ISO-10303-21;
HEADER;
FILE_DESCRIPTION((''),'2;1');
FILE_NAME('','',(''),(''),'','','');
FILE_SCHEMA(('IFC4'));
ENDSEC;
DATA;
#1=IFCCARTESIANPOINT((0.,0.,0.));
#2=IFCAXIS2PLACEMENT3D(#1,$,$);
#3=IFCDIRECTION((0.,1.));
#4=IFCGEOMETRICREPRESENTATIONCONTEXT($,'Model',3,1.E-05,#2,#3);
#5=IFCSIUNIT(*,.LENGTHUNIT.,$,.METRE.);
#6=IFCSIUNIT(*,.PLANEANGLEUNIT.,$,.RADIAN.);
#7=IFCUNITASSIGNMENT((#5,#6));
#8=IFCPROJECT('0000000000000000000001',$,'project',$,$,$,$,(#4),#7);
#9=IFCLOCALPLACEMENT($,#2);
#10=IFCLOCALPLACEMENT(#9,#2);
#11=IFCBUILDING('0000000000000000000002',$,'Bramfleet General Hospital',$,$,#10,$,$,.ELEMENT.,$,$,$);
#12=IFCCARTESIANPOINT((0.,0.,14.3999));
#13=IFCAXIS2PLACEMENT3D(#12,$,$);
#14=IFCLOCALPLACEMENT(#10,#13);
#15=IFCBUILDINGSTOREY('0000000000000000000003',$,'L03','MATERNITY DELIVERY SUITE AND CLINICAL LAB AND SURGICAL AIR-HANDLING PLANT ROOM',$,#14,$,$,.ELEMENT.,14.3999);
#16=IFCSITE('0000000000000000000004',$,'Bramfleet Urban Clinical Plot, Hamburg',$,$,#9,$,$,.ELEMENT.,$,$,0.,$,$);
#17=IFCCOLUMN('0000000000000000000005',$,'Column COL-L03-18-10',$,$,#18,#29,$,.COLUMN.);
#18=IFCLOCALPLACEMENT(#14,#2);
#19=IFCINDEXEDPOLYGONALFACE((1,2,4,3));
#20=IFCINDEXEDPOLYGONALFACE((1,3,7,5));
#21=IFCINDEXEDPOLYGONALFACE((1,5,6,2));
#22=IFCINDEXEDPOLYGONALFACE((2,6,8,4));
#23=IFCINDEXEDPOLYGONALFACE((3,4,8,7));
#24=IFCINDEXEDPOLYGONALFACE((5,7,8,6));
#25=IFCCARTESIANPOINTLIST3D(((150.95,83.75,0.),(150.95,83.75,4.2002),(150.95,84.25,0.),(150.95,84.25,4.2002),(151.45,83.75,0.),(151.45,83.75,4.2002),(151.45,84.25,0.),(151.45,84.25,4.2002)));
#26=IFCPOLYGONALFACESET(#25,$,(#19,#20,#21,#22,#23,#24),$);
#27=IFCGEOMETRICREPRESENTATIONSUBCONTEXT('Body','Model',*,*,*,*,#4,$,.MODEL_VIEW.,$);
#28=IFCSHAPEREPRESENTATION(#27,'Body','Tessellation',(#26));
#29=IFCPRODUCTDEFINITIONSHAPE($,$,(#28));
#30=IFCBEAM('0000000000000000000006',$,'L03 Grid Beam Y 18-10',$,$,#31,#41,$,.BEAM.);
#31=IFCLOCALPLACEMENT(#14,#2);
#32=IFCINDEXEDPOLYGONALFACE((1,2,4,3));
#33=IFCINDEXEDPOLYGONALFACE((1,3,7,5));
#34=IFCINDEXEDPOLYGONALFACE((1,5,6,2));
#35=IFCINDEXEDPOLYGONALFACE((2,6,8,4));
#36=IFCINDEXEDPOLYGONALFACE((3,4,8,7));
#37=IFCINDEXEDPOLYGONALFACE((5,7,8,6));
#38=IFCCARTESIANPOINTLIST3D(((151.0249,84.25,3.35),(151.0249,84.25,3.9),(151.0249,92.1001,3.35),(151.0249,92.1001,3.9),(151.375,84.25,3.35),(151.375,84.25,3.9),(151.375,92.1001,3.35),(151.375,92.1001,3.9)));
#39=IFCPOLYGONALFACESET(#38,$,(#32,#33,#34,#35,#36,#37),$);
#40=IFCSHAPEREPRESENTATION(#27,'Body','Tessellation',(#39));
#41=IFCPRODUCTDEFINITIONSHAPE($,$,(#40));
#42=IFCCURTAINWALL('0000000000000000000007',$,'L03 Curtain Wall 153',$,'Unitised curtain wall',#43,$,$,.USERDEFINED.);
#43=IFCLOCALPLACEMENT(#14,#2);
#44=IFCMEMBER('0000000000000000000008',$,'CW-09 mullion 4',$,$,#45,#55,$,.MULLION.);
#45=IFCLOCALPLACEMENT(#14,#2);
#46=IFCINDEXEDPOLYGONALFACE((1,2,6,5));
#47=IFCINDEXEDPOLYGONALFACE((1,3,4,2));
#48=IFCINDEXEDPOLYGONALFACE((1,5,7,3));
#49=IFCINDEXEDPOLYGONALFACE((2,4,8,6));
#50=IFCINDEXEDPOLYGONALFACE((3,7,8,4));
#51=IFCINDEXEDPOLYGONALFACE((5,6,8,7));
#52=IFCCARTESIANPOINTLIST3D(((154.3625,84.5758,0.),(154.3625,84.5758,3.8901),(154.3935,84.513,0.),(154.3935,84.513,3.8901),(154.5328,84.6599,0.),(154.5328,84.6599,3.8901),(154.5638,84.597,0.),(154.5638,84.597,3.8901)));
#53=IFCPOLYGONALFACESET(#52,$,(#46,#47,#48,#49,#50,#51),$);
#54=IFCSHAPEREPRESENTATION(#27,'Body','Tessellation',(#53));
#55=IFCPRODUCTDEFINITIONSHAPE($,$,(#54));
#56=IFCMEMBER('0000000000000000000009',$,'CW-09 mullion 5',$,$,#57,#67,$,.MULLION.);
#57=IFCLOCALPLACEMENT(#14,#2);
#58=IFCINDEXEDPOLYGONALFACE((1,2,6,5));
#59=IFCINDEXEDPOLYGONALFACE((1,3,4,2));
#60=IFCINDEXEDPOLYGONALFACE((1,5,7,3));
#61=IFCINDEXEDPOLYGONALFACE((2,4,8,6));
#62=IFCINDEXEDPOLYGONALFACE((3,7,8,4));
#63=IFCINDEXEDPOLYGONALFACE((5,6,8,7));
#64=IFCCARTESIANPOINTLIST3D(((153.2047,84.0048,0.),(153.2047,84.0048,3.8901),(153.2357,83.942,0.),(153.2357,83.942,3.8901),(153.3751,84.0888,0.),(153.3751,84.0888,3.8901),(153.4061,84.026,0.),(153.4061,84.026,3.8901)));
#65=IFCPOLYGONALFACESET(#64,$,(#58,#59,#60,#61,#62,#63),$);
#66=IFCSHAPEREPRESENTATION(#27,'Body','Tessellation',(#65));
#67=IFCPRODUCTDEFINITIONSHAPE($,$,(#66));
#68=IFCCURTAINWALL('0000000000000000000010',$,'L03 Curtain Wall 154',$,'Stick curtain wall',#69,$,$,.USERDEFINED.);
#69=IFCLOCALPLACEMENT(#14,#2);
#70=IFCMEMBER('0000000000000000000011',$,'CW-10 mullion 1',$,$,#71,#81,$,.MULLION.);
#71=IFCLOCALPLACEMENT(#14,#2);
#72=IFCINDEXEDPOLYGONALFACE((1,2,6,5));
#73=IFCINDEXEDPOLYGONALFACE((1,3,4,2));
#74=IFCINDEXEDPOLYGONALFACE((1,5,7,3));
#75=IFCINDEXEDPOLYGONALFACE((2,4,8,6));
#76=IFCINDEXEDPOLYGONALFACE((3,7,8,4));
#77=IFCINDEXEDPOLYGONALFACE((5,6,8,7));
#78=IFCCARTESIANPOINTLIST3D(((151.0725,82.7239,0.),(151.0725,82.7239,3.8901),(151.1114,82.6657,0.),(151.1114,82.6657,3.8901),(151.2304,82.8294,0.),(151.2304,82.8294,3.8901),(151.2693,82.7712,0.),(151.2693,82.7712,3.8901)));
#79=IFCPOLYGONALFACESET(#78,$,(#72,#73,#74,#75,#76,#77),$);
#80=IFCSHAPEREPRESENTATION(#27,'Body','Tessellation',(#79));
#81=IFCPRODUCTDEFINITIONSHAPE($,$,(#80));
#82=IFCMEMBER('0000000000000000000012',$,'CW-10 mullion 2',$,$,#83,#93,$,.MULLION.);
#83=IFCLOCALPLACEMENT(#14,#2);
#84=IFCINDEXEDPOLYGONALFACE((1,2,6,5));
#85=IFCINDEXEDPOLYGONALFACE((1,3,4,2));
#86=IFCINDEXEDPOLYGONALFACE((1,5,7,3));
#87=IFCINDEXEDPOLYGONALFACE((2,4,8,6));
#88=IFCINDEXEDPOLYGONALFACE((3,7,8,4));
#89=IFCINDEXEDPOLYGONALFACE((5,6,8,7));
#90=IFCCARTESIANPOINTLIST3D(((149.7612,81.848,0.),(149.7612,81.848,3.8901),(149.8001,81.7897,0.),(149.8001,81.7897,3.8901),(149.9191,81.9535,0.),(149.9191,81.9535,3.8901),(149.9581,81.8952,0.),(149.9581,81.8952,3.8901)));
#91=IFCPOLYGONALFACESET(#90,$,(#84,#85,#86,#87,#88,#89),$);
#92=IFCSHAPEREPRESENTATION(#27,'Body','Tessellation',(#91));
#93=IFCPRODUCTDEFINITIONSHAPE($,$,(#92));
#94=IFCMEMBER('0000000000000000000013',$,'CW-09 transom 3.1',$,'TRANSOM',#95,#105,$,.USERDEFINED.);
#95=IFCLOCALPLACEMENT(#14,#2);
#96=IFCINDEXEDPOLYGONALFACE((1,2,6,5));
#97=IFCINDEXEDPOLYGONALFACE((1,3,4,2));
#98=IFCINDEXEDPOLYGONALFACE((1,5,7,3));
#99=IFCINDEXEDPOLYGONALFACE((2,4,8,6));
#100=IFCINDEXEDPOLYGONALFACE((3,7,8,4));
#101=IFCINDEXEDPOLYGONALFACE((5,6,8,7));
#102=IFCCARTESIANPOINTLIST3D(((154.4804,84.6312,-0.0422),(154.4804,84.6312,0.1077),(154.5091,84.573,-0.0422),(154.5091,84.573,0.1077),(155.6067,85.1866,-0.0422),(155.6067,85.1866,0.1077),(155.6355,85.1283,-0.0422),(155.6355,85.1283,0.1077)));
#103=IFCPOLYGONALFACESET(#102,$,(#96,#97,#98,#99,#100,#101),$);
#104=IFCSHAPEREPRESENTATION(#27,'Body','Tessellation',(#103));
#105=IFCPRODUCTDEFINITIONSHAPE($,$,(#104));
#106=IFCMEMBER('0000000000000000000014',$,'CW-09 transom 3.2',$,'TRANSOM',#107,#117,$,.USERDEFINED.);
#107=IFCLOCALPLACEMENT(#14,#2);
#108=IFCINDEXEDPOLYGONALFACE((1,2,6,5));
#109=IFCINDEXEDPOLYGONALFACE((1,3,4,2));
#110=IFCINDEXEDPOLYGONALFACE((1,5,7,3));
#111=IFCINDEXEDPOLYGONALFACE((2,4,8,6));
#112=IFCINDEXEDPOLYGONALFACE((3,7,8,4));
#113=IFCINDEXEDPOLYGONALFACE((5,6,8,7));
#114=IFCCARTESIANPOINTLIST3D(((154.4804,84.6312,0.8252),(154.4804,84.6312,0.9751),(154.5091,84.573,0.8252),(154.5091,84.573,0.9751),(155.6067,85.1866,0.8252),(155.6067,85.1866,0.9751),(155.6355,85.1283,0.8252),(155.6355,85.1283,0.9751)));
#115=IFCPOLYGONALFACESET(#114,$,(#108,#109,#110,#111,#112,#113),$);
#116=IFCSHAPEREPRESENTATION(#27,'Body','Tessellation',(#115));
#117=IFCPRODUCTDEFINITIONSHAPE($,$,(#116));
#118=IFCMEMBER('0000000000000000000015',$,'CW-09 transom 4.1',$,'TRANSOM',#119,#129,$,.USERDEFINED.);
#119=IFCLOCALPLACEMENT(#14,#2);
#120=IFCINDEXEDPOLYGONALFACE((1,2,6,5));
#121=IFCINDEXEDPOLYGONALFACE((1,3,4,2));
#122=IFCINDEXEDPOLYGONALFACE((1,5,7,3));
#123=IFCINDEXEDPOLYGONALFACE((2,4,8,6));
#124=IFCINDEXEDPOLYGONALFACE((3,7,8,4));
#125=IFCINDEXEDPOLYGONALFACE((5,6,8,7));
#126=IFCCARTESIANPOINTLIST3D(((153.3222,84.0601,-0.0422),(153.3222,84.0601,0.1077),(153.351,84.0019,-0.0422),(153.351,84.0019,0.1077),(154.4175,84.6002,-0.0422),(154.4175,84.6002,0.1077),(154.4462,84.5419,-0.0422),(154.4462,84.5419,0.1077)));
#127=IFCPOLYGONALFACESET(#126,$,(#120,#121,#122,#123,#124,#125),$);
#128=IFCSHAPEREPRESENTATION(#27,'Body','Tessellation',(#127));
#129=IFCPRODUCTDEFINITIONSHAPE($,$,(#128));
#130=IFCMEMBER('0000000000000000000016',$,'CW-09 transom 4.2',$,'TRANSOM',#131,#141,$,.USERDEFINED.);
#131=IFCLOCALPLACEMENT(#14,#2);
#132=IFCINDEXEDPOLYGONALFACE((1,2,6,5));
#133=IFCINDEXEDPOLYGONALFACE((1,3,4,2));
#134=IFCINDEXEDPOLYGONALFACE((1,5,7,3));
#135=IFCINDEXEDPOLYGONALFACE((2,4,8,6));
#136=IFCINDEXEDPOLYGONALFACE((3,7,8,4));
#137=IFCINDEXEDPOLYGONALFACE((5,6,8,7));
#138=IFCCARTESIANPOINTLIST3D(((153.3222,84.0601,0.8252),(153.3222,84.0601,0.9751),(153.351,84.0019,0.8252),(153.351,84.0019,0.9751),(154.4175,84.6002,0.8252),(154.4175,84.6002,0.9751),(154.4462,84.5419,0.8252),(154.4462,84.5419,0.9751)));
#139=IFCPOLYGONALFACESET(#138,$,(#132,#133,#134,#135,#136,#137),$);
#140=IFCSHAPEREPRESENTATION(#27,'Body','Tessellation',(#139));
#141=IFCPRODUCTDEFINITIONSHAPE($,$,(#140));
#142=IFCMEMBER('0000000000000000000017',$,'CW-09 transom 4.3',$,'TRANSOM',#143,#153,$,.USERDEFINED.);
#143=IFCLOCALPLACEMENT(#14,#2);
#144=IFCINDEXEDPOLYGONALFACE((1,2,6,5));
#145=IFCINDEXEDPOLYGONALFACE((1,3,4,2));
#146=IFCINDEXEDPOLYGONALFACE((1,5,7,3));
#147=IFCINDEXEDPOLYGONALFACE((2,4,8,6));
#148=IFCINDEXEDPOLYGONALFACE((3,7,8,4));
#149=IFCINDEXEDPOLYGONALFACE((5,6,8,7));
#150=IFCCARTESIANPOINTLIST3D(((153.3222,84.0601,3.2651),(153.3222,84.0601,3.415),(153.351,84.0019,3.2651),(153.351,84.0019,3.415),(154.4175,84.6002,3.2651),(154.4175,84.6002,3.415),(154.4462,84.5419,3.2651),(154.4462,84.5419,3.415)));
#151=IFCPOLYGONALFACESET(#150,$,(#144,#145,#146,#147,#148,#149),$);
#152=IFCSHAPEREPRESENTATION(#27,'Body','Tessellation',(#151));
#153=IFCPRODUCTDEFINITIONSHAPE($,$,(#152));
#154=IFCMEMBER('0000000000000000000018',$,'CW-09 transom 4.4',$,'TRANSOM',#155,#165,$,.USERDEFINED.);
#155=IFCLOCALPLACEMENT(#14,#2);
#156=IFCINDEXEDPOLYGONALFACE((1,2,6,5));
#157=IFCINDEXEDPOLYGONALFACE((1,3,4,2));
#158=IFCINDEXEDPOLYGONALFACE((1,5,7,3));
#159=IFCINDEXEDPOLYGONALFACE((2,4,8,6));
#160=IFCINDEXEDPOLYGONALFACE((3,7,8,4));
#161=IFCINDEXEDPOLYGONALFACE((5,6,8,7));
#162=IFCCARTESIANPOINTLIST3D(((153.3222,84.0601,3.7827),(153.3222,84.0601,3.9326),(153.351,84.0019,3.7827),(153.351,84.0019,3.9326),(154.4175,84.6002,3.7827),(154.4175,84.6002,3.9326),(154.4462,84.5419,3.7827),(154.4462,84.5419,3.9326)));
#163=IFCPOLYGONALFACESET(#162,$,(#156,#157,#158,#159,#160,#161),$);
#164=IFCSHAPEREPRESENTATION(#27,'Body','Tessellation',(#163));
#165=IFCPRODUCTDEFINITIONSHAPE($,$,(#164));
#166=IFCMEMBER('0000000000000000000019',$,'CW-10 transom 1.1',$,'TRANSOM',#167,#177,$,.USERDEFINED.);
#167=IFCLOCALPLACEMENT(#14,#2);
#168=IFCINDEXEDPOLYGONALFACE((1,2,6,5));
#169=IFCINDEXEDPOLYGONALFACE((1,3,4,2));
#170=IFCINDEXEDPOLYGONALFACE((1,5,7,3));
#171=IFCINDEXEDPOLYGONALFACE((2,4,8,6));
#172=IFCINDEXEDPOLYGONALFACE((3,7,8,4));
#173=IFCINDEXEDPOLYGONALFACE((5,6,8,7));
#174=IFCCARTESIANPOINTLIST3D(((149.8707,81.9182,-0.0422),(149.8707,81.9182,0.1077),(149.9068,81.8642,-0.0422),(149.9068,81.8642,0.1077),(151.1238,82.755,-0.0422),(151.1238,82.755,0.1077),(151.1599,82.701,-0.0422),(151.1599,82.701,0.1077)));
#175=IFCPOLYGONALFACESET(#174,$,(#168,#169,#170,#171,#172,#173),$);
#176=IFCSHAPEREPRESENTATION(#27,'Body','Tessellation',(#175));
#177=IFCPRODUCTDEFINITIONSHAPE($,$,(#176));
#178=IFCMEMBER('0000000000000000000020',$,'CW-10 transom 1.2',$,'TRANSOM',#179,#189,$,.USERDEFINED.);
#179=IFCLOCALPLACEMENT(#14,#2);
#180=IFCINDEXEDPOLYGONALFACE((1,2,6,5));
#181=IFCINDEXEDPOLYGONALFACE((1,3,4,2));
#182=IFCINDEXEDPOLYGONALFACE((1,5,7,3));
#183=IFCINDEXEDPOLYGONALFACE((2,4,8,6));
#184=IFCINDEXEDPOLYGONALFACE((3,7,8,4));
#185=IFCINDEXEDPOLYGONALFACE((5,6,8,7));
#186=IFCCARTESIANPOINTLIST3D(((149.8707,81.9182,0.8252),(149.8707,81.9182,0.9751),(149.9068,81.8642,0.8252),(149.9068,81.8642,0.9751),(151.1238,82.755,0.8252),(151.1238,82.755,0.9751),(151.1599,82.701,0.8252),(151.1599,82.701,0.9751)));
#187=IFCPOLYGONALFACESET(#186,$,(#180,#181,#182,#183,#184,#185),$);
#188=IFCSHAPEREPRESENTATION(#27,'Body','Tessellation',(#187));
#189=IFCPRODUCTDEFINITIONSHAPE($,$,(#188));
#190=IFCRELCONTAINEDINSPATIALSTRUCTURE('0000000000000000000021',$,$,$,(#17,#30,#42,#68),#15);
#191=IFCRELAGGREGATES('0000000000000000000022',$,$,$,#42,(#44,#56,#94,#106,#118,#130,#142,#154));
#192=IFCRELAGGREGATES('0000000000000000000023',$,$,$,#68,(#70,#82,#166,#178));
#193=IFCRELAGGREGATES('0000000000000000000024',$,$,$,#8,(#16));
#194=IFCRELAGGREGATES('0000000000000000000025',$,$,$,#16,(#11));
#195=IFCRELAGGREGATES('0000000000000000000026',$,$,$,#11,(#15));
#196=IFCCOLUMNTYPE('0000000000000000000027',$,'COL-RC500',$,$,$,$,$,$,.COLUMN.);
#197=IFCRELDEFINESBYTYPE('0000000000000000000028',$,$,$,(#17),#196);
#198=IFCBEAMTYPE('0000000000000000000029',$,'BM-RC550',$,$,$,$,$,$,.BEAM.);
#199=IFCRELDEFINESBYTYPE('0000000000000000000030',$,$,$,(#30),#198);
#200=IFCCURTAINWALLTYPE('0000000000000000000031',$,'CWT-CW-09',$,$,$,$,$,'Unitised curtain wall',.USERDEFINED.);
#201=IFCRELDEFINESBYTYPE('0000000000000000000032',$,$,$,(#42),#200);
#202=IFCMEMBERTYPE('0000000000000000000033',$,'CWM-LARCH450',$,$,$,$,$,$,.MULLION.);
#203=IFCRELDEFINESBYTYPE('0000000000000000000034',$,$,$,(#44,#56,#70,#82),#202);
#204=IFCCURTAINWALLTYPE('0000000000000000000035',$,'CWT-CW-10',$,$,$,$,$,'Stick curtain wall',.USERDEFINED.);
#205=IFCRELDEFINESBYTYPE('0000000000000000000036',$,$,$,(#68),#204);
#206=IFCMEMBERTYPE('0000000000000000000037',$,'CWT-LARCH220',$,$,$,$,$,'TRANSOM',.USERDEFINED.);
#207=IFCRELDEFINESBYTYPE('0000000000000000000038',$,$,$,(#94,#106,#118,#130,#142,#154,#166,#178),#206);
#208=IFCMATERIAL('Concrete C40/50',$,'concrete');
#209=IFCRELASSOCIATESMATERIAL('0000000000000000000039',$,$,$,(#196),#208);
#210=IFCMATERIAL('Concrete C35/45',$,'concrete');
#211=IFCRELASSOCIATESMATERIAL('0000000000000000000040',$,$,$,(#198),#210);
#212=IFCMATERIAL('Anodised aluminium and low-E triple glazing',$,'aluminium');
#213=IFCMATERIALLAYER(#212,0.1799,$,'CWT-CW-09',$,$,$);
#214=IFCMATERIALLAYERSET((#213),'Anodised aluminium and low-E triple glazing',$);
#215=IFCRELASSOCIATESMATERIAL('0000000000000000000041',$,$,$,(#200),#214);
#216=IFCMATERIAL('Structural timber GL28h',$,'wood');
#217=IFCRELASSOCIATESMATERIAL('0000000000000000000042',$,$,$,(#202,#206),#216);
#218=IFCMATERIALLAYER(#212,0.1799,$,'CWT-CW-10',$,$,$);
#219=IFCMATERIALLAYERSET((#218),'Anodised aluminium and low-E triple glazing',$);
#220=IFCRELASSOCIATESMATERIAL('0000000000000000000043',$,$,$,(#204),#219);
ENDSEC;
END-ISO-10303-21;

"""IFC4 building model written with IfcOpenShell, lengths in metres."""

from ifc_helpers import new_model, si_unit, direction, frame, origin, origin_2d, place, context, subcontext, project, spatial, rectangle, extrude, material, layer, layer_set, material_profile, profile_set, type_object, element, aggregate, save


model = new_model("IFC4")

# Units and contexts
model_context = context("Model", 3, precision=1e-05, world=origin(), true_north=direction((0.0, 1.0)))
body_context = subcontext(model_context, "Body", "Model", "MODEL_VIEW")
ifc_project = project(units=[si_unit("LENGTHUNIT", "METRE"), si_unit("PLANEANGLEUNIT", "RADIAN")], contexts=[model_context])

# Site, building, storey
site_placement = place(None, origin())
site = spatial("IfcSite", under=ifc_project, at=site_placement, Name="Bramfleet Urban Clinical Plot, Hamburg", CompositionType="ELEMENT", RefElevation=0.0)
building_placement = place(site_placement, origin())
building = spatial("IfcBuilding", under=site, at=building_placement, Name="Bramfleet General Hospital", CompositionType="ELEMENT")
storey_placement = place(building_placement, frame((0.0, 0.0, 14.3999)))
storey = spatial("IfcBuildingStorey", under=building, at=storey_placement, Name="L03", Description="MATERNITY DELIVERY SUITE AND CLINICAL LAB AND SURGICAL AIR-HANDLING PLANT ROOM", CompositionType="ELEMENT", Elevation=14.3999)

# Column
ifc_material_1 = material(Name="Concrete C40/50", Category="concrete")
ifc_material_profile_1 = material_profile(ifc_material_1, rectangle(XDim=0.5, YDim=0.5, at=origin_2d()), Name="RC COL 500x500")
ifc_profile_set_1 = profile_set([ifc_material_profile_1], Name="Concrete C40/50")
column_type = type_object("IfcColumnType", Name="COL-RC500", PredefinedType="COLUMN", material=ifc_profile_set_1)
column_placement = place(storey_placement, frame((151.2, 84.0, 0.0), z_axis=(0.0, 0.0, 1.0), x_axis=(1.0, 0.0, 0.0)))
element("IfcColumn", 1, at=column_placement, inside=storey, type_object=column_type, Name="Column COL-L03-18-10", PredefinedType="COLUMN", context=body_context, shape_type="SweptSolid", body=[
    extrude(rectangle(XDim=0.5, YDim=0.5, at=origin_2d()), origin(), (0.0, 0.0, 1.0), 4.2002),
])

# Beam
ifc_material_2 = material(Name="Concrete C35/45", Category="concrete")
ifc_material_profile_2 = material_profile(ifc_material_2, rectangle(XDim=0.3501, YDim=0.55, at=origin_2d()), Name="RC BM 550x350")
ifc_profile_set_2 = profile_set([ifc_material_profile_2], Name="Concrete C35/45")
beam_type = type_object("IfcBeamType", Name="BM-RC550", PredefinedType="BEAM", material=ifc_profile_set_2)
beam_placement = place(storey_placement, frame((151.2, 84.25, 3.625), z_axis=(0.0, 1.0, 0.0), x_axis=(-1.0, 0.0, 0.0)))
element("IfcBeam", 2, at=beam_placement, inside=storey, type_object=beam_type, Name="L03 Grid Beam Y 18-10", PredefinedType="BEAM", context=body_context, shape_type="SweptSolid", body=[
    extrude(rectangle(XDim=0.3501, YDim=0.55, at=origin_2d()), origin(), (0.0, 0.0, 1.0), 7.8501),
])

# Curtain walls, members
ifc_material_3 = material(Name="Anodised aluminium and low-E triple glazing", Category="aluminium")
ifc_layer_1 = layer(ifc_material_3, 0.1799, Name="CWT-CW-09")
ifc_layer_set_1 = layer_set([ifc_layer_1], Name="Anodised aluminium and low-E triple glazing")
curtain_wall_type_1 = type_object("IfcCurtainWallType", Name="CWT-CW-09", ElementType="Unitised curtain wall", PredefinedType="USERDEFINED", material=ifc_layer_set_1)
curtain_wall_1_placement = place(storey_placement, origin())
curtain_wall_1 = element("IfcCurtainWall", 3, at=curtain_wall_1_placement, inside=storey, type_object=curtain_wall_type_1, Name="L03 Curtain Wall 153", ObjectType="Unitised curtain wall", PredefinedType="USERDEFINED")
ifc_material_4 = material(Name="Structural timber GL28h", Category="wood")
ifc_material_profile_3 = material_profile(ifc_material_4, rectangle(XDim=0.0701, YDim=0.1899, at=origin_2d()), Name="LARCH 190x70")
ifc_profile_set_3 = profile_set([ifc_material_profile_3], Name="Structural timber GL28h")
member_type_1 = type_object("IfcMemberType", Name="CWM-LARCH450", PredefinedType="MULLION", material=ifc_profile_set_3)
member_1_placement = place(storey_placement, frame((154.4631, 84.5864, 0.0), z_axis=(0.0, 0.0, 1.0), x_axis=(0.442305, -0.896865, 0.0)))
member_1 = element("IfcMember", 4, at=member_1_placement, type_object=member_type_1, Name="CW-09 mullion 4", PredefinedType="MULLION", context=body_context, shape_type="SweptSolid", body=[
    extrude(rectangle(XDim=0.0701, YDim=0.1899, at=origin_2d()), origin(), (0.0, 0.0, 1.0), 3.8901),
])
member_2_placement = place(storey_placement, frame((153.3054, 84.0154, 0.0), z_axis=(0.0, 0.0, 1.0), x_axis=(0.442305, -0.896865, 0.0)))
member_2 = element("IfcMember", 5, at=member_2_placement, type_object=member_type_1, Name="CW-09 mullion 5", PredefinedType="MULLION", context=body_context, shape_type="SweptSolid", body=[
    extrude(rectangle(XDim=0.0701, YDim=0.1899, at=origin_2d()), origin(), (0.0, 0.0, 1.0), 3.8901),
])
ifc_layer_2 = layer(ifc_material_3, 0.1799, Name="CWT-CW-10")
ifc_layer_set_2 = layer_set([ifc_layer_2], Name="Anodised aluminium and low-E triple glazing")
curtain_wall_type_2 = type_object("IfcCurtainWallType", Name="CWT-CW-10", ElementType="Stick curtain wall", PredefinedType="USERDEFINED", material=ifc_layer_set_2)
curtain_wall_2_placement = place(storey_placement, origin())
curtain_wall_2 = element("IfcCurtainWall", 6, at=curtain_wall_2_placement, inside=storey, type_object=curtain_wall_type_2, Name="L03 Curtain Wall 154", ObjectType="Stick curtain wall", PredefinedType="USERDEFINED")
member_3_placement = place(storey_placement, frame((151.1709, 82.7476, 0.0), z_axis=(0.0, 0.0, 1.0), x_axis=(0.555464, -0.831541, 0.0)))
member_3 = element("IfcMember", 7, at=member_3_placement, type_object=member_type_1, Name="CW-10 mullion 1", PredefinedType="MULLION", context=body_context, shape_type="SweptSolid", body=[
    extrude(rectangle(XDim=0.0701, YDim=0.1899, at=origin_2d()), origin(), (0.0, 0.0, 1.0), 3.8901),
])
member_4_placement = place(storey_placement, frame((149.8596, 81.8716, 0.0), z_axis=(0.0, 0.0, 1.0), x_axis=(0.555464, -0.831541, 0.0)))
member_4 = element("IfcMember", 8, at=member_4_placement, type_object=member_type_1, Name="CW-10 mullion 2", PredefinedType="MULLION", context=body_context, shape_type="SweptSolid", body=[
    extrude(rectangle(XDim=0.0701, YDim=0.1899, at=origin_2d()), origin(), (0.0, 0.0, 1.0), 3.8901),
])

# Members
ifc_material_profile_4 = material_profile(ifc_material_4, rectangle(XDim=0.0649, YDim=0.1499, at=origin_2d()), Name="LARCH 150x65")
ifc_profile_set_4 = profile_set([ifc_material_profile_4], Name="Structural timber GL28h")
member_type_2 = type_object("IfcMemberType", Name="CWT-LARCH220", ElementType="TRANSOM", PredefinedType="USERDEFINED", material=ifc_profile_set_4)
member_5_placement = place(storey_placement, frame((155.6211, 85.1575, 0.0327), z_axis=(-0.896902, -0.44223, 0.0), x_axis=(0.44223, -0.896902, 0.0)))
member_5 = element("IfcMember", 9, at=member_5_placement, type_object=member_type_2, Name="CW-09 transom 3.1", ObjectType="TRANSOM", PredefinedType="USERDEFINED", context=body_context, shape_type="SweptSolid", body=[
    extrude(rectangle(XDim=0.0649, YDim=0.1499, at=origin_2d()), origin(), (0.0, 0.0, 1.0), 1.2559),
])
member_6_placement = place(storey_placement, frame((155.6211, 85.1575, 0.9001), z_axis=(-0.896902, -0.44223, 0.0), x_axis=(0.44223, -0.896902, 0.0)))
member_6 = element("IfcMember", 10, at=member_6_placement, type_object=member_type_2, Name="CW-09 transom 3.2", ObjectType="TRANSOM", PredefinedType="USERDEFINED", context=body_context, shape_type="SweptSolid", body=[
    extrude(rectangle(XDim=0.0649, YDim=0.1499, at=origin_2d()), origin(), (0.0, 0.0, 1.0), 1.2559),
])
member_7_placement = place(storey_placement, frame((154.4319, 84.571, 0.0327), z_axis=(-0.896893, -0.442248, 0.0), x_axis=(0.442248, -0.896893, 0.0)))
member_7 = element("IfcMember", 11, at=member_7_placement, type_object=member_type_2, Name="CW-09 transom 4.1", ObjectType="TRANSOM", PredefinedType="USERDEFINED", context=body_context, shape_type="SweptSolid", body=[
    extrude(rectangle(XDim=0.0649, YDim=0.1499, at=origin_2d()), origin(), (0.0, 0.0, 1.0), 1.2212),
])
member_8_placement = place(storey_placement, frame((154.4319, 84.571, 0.9001), z_axis=(-0.896893, -0.442248, 0.0), x_axis=(0.442248, -0.896893, 0.0)))
member_8 = element("IfcMember", 12, at=member_8_placement, type_object=member_type_2, Name="CW-09 transom 4.2", ObjectType="TRANSOM", PredefinedType="USERDEFINED", context=body_context, shape_type="SweptSolid", body=[
    extrude(rectangle(XDim=0.0649, YDim=0.1499, at=origin_2d()), origin(), (0.0, 0.0, 1.0), 1.2212),
])
member_9_placement = place(storey_placement, frame((154.4319, 84.571, 3.3401), z_axis=(-0.896893, -0.442248, 0.0), x_axis=(0.442248, -0.896893, 0.0)))
member_9 = element("IfcMember", 13, at=member_9_placement, type_object=member_type_2, Name="CW-09 transom 4.3", ObjectType="TRANSOM", PredefinedType="USERDEFINED", context=body_context, shape_type="SweptSolid", body=[
    extrude(rectangle(XDim=0.0649, YDim=0.1499, at=origin_2d()), origin(), (0.0, 0.0, 1.0), 1.2212),
])
member_10_placement = place(storey_placement, frame((154.4319, 84.571, 3.8577), z_axis=(-0.896893, -0.442248, 0.0), x_axis=(0.442248, -0.896893, 0.0)))
member_10 = element("IfcMember", 14, at=member_10_placement, type_object=member_type_2, Name="CW-09 transom 4.4", ObjectType="TRANSOM", PredefinedType="USERDEFINED", context=body_context, shape_type="SweptSolid", body=[
    extrude(rectangle(XDim=0.0649, YDim=0.1499, at=origin_2d()), origin(), (0.0, 0.0, 1.0), 1.2212),
])
member_11_placement = place(storey_placement, frame((151.1418, 82.728, 0.0327), z_axis=(-0.831601, -0.555373, 0.0), x_axis=(0.555373, -0.831601, 0.0)))
member_11 = element("IfcMember", 15, at=member_11_placement, type_object=member_type_2, Name="CW-10 transom 1.1", ObjectType="TRANSOM", PredefinedType="USERDEFINED", context=body_context, shape_type="SweptSolid", body=[
    extrude(rectangle(XDim=0.0649, YDim=0.1499, at=origin_2d()), origin(), (0.0, 0.0, 1.0), 1.5068),
])
member_12_placement = place(storey_placement, frame((151.1418, 82.728, 0.9001), z_axis=(-0.831601, -0.555373, 0.0), x_axis=(0.555373, -0.831601, 0.0)))
member_12 = element("IfcMember", 16, at=member_12_placement, type_object=member_type_2, Name="CW-10 transom 1.2", ObjectType="TRANSOM", PredefinedType="USERDEFINED", context=body_context, shape_type="SweptSolid", body=[
    extrude(rectangle(XDim=0.0649, YDim=0.1499, at=origin_2d()), origin(), (0.0, 0.0, 1.0), 1.5068),
])

aggregate(curtain_wall_1, [member_1, member_2, member_5, member_6, member_7, member_8, member_9, member_10])
aggregate(curtain_wall_2, [member_3, member_4, member_11, member_12])

save(model, "model.ifc")
